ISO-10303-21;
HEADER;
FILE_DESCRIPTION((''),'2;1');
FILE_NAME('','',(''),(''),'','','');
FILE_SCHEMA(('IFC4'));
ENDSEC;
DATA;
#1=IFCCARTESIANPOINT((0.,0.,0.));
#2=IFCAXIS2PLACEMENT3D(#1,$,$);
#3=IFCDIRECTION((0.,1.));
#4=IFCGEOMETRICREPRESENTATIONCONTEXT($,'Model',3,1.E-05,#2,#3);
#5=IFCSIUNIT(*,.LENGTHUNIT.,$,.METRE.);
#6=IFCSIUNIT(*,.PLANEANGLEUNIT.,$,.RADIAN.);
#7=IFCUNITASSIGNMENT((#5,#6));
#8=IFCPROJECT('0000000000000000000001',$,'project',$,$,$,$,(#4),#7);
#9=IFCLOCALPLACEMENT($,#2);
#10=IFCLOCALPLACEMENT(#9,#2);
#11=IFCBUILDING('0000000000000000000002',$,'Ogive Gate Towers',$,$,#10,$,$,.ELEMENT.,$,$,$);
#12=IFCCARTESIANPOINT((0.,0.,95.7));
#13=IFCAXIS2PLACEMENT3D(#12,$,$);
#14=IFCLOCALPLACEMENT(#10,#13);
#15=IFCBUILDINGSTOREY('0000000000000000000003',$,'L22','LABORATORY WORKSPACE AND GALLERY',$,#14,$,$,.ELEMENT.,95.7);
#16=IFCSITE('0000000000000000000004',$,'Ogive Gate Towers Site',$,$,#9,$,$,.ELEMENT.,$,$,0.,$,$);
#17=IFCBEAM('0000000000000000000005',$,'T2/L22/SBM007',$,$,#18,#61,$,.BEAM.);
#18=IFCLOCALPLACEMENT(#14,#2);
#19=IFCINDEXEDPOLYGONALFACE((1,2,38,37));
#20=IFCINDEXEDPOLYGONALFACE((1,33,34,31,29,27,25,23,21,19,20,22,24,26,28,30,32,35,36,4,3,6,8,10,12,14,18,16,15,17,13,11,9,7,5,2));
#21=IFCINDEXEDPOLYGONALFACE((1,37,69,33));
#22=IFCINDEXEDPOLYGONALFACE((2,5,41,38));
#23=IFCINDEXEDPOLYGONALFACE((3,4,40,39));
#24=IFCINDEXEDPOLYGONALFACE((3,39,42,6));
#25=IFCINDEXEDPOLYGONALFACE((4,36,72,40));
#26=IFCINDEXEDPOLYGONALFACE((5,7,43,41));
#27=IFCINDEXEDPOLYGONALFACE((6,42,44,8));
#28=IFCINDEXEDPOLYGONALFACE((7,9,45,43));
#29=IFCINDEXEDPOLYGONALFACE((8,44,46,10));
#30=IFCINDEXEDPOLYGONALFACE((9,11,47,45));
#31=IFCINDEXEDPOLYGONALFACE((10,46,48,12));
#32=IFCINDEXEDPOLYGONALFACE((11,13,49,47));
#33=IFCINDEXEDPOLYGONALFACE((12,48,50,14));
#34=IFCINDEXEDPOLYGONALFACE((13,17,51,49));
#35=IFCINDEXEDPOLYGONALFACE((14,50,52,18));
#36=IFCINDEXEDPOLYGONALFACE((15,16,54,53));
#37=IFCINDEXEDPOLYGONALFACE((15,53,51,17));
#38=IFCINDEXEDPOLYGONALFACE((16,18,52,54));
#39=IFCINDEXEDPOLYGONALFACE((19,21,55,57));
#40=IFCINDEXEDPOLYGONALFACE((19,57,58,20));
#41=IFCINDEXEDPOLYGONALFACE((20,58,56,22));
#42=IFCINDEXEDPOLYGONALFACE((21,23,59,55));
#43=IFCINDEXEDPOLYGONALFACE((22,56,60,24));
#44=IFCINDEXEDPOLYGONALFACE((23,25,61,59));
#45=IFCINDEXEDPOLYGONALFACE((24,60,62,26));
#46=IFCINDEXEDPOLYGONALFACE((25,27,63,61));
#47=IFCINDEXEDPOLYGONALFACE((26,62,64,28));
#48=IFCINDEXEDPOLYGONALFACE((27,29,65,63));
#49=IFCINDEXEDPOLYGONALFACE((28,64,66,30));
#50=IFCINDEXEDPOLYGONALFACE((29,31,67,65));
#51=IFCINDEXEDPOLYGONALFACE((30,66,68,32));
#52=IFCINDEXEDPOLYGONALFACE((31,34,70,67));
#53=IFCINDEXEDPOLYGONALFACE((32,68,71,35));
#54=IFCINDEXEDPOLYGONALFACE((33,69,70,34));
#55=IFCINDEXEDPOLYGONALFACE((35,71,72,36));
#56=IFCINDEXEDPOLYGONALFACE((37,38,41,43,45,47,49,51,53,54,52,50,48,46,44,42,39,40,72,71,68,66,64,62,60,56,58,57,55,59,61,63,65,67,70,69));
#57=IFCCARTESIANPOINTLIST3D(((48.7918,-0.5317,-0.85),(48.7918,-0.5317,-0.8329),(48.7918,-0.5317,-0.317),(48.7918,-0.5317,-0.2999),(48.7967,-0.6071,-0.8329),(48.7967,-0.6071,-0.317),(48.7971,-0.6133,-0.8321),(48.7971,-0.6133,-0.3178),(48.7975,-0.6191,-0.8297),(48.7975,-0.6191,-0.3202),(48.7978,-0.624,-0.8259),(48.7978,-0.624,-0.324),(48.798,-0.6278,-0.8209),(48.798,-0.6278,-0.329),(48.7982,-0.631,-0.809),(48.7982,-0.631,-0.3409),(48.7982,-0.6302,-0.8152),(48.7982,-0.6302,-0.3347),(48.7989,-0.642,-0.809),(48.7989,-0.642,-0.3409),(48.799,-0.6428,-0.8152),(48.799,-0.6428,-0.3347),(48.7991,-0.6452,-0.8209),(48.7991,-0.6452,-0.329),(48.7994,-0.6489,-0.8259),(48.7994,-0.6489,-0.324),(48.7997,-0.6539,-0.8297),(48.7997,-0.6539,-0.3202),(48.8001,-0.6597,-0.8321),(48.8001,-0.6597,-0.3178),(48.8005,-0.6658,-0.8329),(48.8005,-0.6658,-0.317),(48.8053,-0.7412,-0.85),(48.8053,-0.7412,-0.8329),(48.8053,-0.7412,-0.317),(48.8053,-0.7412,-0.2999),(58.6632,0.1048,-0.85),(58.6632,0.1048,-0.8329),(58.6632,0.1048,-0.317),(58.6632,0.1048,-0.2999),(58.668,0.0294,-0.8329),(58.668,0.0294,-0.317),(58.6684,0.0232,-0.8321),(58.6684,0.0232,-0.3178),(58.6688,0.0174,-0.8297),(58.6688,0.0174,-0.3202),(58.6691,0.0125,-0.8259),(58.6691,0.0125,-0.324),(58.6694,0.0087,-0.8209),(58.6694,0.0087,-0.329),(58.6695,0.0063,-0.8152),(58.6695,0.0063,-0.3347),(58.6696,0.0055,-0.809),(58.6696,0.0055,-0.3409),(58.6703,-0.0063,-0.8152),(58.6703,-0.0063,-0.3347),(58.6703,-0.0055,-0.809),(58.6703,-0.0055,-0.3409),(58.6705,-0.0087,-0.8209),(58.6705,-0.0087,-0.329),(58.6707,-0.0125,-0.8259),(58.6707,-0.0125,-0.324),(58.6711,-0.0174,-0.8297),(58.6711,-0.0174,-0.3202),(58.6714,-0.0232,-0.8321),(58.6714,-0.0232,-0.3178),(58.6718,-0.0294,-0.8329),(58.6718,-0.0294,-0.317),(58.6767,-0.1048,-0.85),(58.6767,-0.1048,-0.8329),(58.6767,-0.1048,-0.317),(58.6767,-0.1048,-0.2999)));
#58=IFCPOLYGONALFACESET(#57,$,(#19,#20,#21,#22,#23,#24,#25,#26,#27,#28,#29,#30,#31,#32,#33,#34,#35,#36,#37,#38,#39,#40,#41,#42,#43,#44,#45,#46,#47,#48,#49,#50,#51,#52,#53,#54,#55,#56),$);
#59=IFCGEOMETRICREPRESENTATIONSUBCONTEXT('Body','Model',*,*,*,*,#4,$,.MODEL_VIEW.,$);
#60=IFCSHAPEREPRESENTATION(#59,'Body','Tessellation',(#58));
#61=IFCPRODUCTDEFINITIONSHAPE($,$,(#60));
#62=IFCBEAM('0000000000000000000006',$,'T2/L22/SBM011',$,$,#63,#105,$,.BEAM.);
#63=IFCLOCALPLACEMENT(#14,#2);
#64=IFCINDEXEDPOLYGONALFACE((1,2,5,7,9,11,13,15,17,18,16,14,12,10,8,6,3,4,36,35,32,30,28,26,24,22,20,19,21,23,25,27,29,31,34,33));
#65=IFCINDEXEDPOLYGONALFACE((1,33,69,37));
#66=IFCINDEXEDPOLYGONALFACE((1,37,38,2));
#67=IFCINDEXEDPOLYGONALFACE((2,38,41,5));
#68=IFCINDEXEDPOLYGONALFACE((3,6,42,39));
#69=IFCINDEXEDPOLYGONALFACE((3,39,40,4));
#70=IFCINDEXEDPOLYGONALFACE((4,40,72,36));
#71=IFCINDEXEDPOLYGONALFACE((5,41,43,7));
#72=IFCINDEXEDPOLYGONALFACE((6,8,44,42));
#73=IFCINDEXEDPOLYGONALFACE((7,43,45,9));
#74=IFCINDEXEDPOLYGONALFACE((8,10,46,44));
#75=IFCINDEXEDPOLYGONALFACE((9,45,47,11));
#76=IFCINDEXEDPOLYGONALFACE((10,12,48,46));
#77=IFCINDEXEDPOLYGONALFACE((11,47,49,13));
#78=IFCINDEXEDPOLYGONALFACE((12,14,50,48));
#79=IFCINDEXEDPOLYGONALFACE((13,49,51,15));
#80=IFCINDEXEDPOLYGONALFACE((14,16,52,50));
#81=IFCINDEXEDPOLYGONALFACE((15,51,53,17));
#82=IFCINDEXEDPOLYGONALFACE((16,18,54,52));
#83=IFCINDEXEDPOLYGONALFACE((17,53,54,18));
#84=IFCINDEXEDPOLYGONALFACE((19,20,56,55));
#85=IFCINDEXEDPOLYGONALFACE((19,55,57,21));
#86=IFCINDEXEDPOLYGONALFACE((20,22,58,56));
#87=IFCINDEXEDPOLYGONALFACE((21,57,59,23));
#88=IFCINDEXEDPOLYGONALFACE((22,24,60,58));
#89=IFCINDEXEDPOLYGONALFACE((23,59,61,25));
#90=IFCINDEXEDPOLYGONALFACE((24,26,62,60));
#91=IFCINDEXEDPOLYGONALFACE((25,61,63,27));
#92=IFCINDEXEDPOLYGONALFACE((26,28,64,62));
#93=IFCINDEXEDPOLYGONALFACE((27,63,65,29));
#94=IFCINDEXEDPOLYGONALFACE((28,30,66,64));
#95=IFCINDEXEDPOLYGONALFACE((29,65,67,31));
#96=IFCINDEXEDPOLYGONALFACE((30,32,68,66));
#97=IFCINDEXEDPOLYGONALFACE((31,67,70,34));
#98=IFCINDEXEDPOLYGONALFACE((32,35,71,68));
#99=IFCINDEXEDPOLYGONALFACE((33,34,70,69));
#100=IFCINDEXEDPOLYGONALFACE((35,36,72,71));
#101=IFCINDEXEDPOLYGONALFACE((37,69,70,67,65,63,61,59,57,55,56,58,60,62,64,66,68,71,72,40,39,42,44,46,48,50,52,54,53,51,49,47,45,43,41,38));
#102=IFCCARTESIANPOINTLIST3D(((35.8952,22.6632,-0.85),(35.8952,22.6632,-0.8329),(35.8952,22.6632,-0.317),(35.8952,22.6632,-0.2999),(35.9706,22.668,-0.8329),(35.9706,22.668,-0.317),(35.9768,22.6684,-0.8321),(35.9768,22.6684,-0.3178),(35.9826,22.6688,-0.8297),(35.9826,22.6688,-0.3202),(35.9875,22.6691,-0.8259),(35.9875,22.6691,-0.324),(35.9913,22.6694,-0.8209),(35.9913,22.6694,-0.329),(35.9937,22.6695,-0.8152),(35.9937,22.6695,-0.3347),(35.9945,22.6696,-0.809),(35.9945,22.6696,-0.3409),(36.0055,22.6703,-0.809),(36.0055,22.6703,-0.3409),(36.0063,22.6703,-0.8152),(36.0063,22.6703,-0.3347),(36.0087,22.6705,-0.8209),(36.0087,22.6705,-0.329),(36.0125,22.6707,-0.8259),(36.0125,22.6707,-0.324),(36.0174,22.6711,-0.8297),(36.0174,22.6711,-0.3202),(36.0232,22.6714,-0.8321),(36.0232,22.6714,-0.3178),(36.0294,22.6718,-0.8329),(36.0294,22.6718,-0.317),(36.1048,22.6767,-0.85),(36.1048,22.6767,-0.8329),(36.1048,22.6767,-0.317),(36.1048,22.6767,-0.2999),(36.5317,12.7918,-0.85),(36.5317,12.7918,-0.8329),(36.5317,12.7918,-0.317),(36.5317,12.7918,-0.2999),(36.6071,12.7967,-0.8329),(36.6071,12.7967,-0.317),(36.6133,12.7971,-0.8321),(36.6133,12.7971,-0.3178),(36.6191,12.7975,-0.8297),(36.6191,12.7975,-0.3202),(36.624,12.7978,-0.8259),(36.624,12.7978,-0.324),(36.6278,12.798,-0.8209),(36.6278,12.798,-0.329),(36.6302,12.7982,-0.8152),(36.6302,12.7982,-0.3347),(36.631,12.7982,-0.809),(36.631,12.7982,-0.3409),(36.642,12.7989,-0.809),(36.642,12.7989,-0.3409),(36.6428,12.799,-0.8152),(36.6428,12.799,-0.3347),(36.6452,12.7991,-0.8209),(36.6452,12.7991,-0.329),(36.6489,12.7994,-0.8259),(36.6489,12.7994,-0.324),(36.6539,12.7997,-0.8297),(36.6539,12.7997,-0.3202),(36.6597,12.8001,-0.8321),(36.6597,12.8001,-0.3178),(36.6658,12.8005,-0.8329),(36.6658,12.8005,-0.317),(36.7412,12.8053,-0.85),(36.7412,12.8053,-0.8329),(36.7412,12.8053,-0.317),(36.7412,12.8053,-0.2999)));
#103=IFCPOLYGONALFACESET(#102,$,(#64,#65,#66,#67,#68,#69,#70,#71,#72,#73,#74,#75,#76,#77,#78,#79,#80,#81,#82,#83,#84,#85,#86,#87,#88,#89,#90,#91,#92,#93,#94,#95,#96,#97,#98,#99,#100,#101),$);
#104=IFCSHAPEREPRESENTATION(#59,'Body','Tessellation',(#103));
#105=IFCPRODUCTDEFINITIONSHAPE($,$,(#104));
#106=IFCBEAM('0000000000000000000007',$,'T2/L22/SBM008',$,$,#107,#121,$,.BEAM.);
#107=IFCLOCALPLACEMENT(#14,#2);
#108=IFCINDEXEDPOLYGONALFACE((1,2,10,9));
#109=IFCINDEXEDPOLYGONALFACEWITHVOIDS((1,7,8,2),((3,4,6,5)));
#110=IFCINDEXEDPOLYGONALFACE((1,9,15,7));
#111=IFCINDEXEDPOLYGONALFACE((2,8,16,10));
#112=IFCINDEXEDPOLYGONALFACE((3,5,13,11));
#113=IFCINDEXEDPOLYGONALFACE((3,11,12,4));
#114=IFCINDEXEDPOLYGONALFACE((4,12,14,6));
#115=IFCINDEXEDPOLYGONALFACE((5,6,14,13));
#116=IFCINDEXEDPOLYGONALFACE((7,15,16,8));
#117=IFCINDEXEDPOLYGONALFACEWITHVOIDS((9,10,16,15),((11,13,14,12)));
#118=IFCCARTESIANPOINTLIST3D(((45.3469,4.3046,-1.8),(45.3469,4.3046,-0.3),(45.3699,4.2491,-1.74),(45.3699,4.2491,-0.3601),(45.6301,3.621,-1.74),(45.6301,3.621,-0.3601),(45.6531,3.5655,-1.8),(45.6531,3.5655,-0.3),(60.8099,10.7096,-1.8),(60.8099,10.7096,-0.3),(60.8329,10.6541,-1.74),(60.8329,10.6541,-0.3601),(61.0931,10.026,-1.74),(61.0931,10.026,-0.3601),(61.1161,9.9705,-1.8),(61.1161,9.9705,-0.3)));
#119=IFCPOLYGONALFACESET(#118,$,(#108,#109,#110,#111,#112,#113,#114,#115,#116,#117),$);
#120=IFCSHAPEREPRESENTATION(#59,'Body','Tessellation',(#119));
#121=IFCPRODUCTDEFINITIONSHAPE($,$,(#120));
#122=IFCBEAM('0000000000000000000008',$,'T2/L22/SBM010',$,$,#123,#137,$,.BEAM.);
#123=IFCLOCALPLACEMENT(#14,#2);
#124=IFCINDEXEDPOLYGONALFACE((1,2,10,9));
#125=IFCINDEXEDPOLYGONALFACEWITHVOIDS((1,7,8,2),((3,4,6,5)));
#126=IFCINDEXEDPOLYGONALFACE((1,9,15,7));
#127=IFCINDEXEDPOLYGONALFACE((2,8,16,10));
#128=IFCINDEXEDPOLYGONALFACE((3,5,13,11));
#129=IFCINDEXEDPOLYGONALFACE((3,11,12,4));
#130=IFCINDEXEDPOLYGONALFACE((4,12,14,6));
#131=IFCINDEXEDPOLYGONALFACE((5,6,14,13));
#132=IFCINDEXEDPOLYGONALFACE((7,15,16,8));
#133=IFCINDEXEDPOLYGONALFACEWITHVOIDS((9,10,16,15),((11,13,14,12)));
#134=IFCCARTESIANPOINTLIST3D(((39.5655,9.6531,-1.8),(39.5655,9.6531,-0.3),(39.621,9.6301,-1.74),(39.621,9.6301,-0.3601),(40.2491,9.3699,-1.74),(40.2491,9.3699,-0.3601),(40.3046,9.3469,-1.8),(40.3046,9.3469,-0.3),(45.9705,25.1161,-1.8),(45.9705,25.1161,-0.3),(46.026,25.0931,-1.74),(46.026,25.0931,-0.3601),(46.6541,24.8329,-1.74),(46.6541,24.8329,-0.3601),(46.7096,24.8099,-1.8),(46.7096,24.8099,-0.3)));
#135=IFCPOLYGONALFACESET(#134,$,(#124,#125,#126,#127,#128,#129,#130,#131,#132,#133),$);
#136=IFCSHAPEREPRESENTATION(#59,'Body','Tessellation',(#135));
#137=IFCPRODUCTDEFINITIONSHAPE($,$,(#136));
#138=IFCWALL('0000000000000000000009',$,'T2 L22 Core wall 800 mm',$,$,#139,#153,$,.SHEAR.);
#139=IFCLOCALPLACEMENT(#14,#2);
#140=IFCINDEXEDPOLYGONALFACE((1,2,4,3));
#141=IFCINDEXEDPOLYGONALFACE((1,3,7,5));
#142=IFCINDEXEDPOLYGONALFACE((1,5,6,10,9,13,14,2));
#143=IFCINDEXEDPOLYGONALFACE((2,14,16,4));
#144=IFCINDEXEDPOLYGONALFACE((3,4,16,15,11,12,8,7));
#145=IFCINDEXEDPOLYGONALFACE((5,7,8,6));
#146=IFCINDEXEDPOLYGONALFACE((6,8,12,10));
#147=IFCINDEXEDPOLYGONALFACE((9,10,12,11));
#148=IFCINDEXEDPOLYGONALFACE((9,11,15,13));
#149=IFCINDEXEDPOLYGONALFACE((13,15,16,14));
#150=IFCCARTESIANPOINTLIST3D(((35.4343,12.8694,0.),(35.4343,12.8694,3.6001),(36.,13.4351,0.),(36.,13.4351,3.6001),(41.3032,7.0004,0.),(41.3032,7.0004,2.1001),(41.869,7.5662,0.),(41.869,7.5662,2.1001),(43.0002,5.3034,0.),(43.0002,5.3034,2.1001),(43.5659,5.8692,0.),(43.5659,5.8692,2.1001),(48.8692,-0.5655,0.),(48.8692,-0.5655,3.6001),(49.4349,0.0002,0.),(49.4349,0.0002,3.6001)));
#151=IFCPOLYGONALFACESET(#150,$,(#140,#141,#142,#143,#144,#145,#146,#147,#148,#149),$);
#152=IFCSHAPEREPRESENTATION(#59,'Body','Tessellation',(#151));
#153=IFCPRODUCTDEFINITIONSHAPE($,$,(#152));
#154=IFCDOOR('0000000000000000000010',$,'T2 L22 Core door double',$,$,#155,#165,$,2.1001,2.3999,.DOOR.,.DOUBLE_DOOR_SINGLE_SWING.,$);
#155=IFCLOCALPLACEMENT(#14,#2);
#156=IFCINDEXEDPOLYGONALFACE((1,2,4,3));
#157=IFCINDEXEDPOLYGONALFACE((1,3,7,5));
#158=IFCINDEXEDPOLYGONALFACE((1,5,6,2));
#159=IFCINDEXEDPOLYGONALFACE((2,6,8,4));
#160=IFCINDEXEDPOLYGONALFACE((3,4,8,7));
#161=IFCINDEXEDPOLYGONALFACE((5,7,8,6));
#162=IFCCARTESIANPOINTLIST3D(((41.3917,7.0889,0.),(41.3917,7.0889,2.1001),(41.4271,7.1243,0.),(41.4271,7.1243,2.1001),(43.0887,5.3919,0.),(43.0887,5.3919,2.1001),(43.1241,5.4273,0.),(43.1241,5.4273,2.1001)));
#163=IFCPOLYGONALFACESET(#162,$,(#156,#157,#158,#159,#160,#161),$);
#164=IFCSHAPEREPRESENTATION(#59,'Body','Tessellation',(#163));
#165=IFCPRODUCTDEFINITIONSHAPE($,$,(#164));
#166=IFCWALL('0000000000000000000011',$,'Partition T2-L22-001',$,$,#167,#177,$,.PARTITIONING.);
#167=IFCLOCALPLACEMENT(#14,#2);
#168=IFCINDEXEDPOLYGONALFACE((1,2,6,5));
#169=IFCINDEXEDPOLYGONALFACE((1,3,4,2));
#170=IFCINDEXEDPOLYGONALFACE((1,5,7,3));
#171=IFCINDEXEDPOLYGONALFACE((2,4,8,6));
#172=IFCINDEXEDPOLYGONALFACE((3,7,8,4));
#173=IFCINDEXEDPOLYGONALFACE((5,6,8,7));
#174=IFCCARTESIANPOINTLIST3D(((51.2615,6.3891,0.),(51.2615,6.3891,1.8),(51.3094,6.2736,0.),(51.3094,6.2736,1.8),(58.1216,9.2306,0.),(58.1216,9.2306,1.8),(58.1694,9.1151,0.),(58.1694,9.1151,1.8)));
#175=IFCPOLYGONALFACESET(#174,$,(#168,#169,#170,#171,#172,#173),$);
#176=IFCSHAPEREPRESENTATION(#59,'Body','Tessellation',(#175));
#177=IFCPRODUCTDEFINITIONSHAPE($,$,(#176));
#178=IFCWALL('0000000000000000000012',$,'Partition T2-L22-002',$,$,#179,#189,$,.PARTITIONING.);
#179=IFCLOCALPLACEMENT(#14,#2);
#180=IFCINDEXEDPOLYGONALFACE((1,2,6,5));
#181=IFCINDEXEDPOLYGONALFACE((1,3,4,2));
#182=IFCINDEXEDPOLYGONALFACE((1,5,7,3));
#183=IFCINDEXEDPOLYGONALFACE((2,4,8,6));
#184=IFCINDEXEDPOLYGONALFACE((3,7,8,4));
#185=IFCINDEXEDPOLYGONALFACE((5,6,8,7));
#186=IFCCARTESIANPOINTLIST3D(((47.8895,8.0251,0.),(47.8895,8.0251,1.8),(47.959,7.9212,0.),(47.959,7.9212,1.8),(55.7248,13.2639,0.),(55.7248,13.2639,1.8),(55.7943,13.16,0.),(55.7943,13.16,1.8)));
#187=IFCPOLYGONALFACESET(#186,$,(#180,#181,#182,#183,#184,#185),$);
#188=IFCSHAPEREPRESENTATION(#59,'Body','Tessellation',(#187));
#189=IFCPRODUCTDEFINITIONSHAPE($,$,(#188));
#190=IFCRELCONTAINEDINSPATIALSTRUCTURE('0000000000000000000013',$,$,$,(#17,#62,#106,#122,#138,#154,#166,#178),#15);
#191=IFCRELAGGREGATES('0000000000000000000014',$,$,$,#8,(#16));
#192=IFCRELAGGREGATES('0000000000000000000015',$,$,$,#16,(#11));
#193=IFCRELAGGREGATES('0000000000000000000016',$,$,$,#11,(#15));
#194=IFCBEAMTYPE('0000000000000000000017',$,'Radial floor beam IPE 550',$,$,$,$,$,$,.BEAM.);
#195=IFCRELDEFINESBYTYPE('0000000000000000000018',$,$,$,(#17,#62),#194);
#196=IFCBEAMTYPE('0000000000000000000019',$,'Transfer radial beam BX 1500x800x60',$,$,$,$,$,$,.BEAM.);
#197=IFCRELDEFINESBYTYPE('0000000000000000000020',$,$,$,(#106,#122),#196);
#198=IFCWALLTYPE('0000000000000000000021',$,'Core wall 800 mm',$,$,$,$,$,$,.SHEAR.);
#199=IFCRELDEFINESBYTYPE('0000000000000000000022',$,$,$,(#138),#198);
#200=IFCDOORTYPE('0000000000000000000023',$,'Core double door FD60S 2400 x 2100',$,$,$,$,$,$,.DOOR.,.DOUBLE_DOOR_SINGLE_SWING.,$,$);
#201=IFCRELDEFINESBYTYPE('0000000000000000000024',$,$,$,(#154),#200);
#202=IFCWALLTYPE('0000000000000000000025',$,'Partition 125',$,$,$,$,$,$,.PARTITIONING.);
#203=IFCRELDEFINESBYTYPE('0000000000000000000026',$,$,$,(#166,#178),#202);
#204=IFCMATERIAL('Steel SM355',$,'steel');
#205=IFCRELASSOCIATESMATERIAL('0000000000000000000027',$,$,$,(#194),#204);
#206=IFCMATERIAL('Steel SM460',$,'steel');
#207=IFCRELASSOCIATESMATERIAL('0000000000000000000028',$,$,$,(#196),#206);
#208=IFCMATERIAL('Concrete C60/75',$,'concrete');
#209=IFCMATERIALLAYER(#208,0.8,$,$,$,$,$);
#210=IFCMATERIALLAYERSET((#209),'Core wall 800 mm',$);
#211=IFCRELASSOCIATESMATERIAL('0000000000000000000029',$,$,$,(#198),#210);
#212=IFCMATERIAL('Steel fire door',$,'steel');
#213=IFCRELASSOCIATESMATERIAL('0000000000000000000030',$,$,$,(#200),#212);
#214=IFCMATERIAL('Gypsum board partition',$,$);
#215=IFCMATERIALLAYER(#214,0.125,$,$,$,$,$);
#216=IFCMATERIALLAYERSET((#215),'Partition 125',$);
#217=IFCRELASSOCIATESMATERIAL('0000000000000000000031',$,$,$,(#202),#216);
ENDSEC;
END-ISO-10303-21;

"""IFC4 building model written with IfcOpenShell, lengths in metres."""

from ifc_helpers import new_model, si_unit, direction, frame, frame_2d, origin, origin_2d, place, context, subcontext, project, spatial, rectangle, hollow_rectangle, i_section, extrude, material, layer, layer_set, material_profile, profile_set, type_object, element, fill, save


model = new_model("IFC4")

# Units and contexts
model_context = context("Model", 3, precision=1e-05, world=origin(), true_north=direction((0.0, 1.0)))
body_context = subcontext(model_context, "Body", "Model", "MODEL_VIEW")
ifc_project = project(units=[si_unit("LENGTHUNIT", "METRE"), si_unit("PLANEANGLEUNIT", "RADIAN")], contexts=[model_context])

# Site, building, storey
site_placement = place(None, origin())
site = spatial("IfcSite", under=ifc_project, at=site_placement, Name="Ogive Gate Towers Site", CompositionType="ELEMENT", RefElevation=0.0)
building_placement = place(site_placement, origin())
building = spatial("IfcBuilding", under=site, at=building_placement, Name="Ogive Gate Towers", CompositionType="ELEMENT")
storey_placement = place(building_placement, frame((0.0, 0.0, 95.7)))
storey = spatial("IfcBuildingStorey", under=building, at=storey_placement, Name="L22", Description="LABORATORY WORKSPACE AND GALLERY", CompositionType="ELEMENT", Elevation=95.7)

# Shared definitions
ifc_material_1 = material(Name="Steel SM460", Category="steel")

# Beams
ifc_material_2 = material(Name="Steel SM355", Category="steel")
ifc_material_profile_1 = material_profile(ifc_material_2, i_section(OverallWidth=0.21, OverallDepth=0.55, WebThickness=0.011, FlangeThickness=0.0171, FilletRadius=0.0239, at=origin_2d()), Name="IPE 550")
ifc_profile_set_1 = profile_set([ifc_material_profile_1], Name="Steel SM355")
beam_type_1 = type_object("IfcBeamType", Name="Radial floor beam IPE 550", PredefinedType="BEAM", material=ifc_profile_set_1)
for number, where, z_axis, x_axis, name in (
    (1, (48.7986, -0.6365, -0.575), (0.997928, 0.064343, 0.0), (-0.064343, 0.997928, 0.0), "T2/L22/SBM007"),
    (2, (36.6365, 12.7986, -0.575), (-0.064343, 0.997928, 0.0), (-0.997928, -0.064343, 0.0), "T2/L22/SBM011"),
):
    element("IfcBeam", number, at=place(storey_placement, frame(where, z_axis=z_axis, x_axis=x_axis)), inside=storey, type_object=beam_type_1, Name=name, PredefinedType="BEAM", context=body_context, shape_type="SweptSolid", body=[
        extrude(i_section(OverallWidth=0.21, OverallDepth=0.55, WebThickness=0.011, FlangeThickness=0.0171, FilletRadius=0.0239, at=origin_2d()), origin(), (0.0, 0.0, 1.0), 9.8918),
    ])
ifc_material_profile_2 = material_profile(ifc_material_1, hollow_rectangle(XDim=0.8, YDim=1.5, WallThickness=0.0601, at=origin_2d()), Name="BX 1500x800x60")
ifc_profile_set_2 = profile_set([ifc_material_profile_2], Name="Steel SM460")
beam_type_2 = type_object("IfcBeamType", Name="Transfer radial beam BX 1500x800x60", PredefinedType="BEAM", material=ifc_profile_set_2)
for number, where, z_axis, x_axis, name in (
    (3, (45.5, 3.9351, -1.05), (0.92388, 0.382683, 0.0), (-0.382683, 0.92388, 0.0), "T2/L22/SBM008"),
    (4, (39.9351, 9.5, -1.05), (0.382683, 0.92388, 0.0), (-0.92388, 0.382683, 0.0), "T2/L22/SBM010"),
):
    element("IfcBeam", number, at=place(storey_placement, frame(where, z_axis=z_axis, x_axis=x_axis)), inside=storey, type_object=beam_type_2, Name=name, PredefinedType="BEAM", context=body_context, shape_type="SweptSolid", body=[
        extrude(hollow_rectangle(XDim=0.8, YDim=1.5, WallThickness=0.0601, at=origin_2d()), origin(), (0.0, 0.0, 1.0), 16.7371),
    ])

# Wall, opening, door
ifc_material_3 = material(Name="Concrete C60/75", Category="concrete")
ifc_layer_1 = layer(ifc_material_3, 0.8)
ifc_layer_set_1 = layer_set([ifc_layer_1], Name="Core wall 800 mm")
wall_type_1 = type_object("IfcWallType", Name="Core wall 800 mm", PredefinedType="SHEAR", material=ifc_layer_set_1)
wall_1_placement = place(storey_placement, frame((49.1521, -0.2827, 0.0), z_axis=(0.0, 0.0, 1.0), x_axis=(-0.707107, 0.707107, 0.0)))
wall_1 = element("IfcWall", 5, at=wall_1_placement, inside=storey, type_object=wall_type_1, Name="T2 L22 Core wall 800 mm", PredefinedType="SHEAR", context=body_context, shape_type="SweptSolid", body=[
    extrude(rectangle(XDim=18.9998, YDim=0.8, at=frame_2d((9.5, 0.0))), origin(), (0.0, 0.0, 1.0), 3.6001),
])
opening_1_placement = place(wall_1_placement, frame((8.3, 0.0, 0.0)))
opening_1 = element("IfcOpeningElement", 6, at=opening_1_placement, cuts=wall_1, PredefinedType="OPENING", context=body_context, shape_type="SweptSolid", body=[
    extrude(rectangle(XDim=2.3999, YDim=2.1001, at=frame_2d((1.2, 1.05))), frame((0.0, 0.4102, 0.0), z_axis=(0.0, -1.0, 0.0), x_axis=(1.0, 0.0, 0.0)), (0.0, 0.0, 1.0), 0.8201),
])
ifc_material_4 = material(Name="Steel fire door", Category="steel")
door_type_1 = type_object("IfcDoorType", Name="Core double door FD60S 2400 x 2100", OperationType="DOUBLE_DOOR_SINGLE_SWING", PredefinedType="DOOR", material=ifc_material_4)
door_1_placement = place(opening_1_placement, origin())
door_1 = element("IfcDoor", 7, at=door_1_placement, inside=storey, type_object=door_type_1, Name="T2 L22 Core door double", OperationType="DOUBLE_DOOR_SINGLE_SWING", OverallHeight=2.1001, OverallWidth=2.3999, PredefinedType="DOOR", context=body_context, shape_type="SweptSolid", body=[
    extrude(rectangle(XDim=2.3999, YDim=2.1001, at=frame_2d((1.2, 1.05))), frame((0.0, 0.2749, 0.0), z_axis=(0.0, -1.0, 0.0), x_axis=(1.0, 0.0, 0.0)), (0.0, 0.0, 1.0), 0.05),
])
fill(opening_1, door_1)

# Walls
ifc_material_5 = material(Name="Gypsum board partition")
ifc_layer_2 = layer(ifc_material_5, 0.125)
ifc_layer_set_2 = layer_set([ifc_layer_2], Name="Partition 125")
wall_type_2 = type_object("IfcWallType", Name="Partition 125", PredefinedType="PARTITIONING", material=ifc_layer_set_2)
wall_2_placement = place(storey_placement, frame((58.1455, 9.1729, 0.0), z_axis=(0.0, 0.0, 1.0), x_axis=(-0.923879, -0.382684, 0.0)))
element("IfcWall", 8, at=wall_2_placement, inside=storey, type_object=wall_type_2, Name="Partition T2-L22-001", PredefinedType="PARTITIONING", context=body_context, shape_type="SweptSolid", body=[
    extrude(rectangle(XDim=7.4253, YDim=0.125, at=frame_2d((3.7126, 0.0))), origin(), (0.0, 0.0, 1.0), 1.8),
])
wall_3_placement = place(storey_placement, frame((55.7595, 13.2119, 0.0), z_axis=(0.0, 0.0, 1.0), x_axis=(-0.8313, -0.555823, 0.0)))
element("IfcWall", 9, at=wall_3_placement, inside=storey, type_object=wall_type_2, Name="Partition T2-L22-002", PredefinedType="PARTITIONING", context=body_context, shape_type="SweptSolid", body=[
    extrude(rectangle(XDim=9.4253, YDim=0.125, at=frame_2d((4.7126, 0.0))), origin(), (0.0, 0.0, 1.0), 1.8),
])

save(model, "model.ifc")
